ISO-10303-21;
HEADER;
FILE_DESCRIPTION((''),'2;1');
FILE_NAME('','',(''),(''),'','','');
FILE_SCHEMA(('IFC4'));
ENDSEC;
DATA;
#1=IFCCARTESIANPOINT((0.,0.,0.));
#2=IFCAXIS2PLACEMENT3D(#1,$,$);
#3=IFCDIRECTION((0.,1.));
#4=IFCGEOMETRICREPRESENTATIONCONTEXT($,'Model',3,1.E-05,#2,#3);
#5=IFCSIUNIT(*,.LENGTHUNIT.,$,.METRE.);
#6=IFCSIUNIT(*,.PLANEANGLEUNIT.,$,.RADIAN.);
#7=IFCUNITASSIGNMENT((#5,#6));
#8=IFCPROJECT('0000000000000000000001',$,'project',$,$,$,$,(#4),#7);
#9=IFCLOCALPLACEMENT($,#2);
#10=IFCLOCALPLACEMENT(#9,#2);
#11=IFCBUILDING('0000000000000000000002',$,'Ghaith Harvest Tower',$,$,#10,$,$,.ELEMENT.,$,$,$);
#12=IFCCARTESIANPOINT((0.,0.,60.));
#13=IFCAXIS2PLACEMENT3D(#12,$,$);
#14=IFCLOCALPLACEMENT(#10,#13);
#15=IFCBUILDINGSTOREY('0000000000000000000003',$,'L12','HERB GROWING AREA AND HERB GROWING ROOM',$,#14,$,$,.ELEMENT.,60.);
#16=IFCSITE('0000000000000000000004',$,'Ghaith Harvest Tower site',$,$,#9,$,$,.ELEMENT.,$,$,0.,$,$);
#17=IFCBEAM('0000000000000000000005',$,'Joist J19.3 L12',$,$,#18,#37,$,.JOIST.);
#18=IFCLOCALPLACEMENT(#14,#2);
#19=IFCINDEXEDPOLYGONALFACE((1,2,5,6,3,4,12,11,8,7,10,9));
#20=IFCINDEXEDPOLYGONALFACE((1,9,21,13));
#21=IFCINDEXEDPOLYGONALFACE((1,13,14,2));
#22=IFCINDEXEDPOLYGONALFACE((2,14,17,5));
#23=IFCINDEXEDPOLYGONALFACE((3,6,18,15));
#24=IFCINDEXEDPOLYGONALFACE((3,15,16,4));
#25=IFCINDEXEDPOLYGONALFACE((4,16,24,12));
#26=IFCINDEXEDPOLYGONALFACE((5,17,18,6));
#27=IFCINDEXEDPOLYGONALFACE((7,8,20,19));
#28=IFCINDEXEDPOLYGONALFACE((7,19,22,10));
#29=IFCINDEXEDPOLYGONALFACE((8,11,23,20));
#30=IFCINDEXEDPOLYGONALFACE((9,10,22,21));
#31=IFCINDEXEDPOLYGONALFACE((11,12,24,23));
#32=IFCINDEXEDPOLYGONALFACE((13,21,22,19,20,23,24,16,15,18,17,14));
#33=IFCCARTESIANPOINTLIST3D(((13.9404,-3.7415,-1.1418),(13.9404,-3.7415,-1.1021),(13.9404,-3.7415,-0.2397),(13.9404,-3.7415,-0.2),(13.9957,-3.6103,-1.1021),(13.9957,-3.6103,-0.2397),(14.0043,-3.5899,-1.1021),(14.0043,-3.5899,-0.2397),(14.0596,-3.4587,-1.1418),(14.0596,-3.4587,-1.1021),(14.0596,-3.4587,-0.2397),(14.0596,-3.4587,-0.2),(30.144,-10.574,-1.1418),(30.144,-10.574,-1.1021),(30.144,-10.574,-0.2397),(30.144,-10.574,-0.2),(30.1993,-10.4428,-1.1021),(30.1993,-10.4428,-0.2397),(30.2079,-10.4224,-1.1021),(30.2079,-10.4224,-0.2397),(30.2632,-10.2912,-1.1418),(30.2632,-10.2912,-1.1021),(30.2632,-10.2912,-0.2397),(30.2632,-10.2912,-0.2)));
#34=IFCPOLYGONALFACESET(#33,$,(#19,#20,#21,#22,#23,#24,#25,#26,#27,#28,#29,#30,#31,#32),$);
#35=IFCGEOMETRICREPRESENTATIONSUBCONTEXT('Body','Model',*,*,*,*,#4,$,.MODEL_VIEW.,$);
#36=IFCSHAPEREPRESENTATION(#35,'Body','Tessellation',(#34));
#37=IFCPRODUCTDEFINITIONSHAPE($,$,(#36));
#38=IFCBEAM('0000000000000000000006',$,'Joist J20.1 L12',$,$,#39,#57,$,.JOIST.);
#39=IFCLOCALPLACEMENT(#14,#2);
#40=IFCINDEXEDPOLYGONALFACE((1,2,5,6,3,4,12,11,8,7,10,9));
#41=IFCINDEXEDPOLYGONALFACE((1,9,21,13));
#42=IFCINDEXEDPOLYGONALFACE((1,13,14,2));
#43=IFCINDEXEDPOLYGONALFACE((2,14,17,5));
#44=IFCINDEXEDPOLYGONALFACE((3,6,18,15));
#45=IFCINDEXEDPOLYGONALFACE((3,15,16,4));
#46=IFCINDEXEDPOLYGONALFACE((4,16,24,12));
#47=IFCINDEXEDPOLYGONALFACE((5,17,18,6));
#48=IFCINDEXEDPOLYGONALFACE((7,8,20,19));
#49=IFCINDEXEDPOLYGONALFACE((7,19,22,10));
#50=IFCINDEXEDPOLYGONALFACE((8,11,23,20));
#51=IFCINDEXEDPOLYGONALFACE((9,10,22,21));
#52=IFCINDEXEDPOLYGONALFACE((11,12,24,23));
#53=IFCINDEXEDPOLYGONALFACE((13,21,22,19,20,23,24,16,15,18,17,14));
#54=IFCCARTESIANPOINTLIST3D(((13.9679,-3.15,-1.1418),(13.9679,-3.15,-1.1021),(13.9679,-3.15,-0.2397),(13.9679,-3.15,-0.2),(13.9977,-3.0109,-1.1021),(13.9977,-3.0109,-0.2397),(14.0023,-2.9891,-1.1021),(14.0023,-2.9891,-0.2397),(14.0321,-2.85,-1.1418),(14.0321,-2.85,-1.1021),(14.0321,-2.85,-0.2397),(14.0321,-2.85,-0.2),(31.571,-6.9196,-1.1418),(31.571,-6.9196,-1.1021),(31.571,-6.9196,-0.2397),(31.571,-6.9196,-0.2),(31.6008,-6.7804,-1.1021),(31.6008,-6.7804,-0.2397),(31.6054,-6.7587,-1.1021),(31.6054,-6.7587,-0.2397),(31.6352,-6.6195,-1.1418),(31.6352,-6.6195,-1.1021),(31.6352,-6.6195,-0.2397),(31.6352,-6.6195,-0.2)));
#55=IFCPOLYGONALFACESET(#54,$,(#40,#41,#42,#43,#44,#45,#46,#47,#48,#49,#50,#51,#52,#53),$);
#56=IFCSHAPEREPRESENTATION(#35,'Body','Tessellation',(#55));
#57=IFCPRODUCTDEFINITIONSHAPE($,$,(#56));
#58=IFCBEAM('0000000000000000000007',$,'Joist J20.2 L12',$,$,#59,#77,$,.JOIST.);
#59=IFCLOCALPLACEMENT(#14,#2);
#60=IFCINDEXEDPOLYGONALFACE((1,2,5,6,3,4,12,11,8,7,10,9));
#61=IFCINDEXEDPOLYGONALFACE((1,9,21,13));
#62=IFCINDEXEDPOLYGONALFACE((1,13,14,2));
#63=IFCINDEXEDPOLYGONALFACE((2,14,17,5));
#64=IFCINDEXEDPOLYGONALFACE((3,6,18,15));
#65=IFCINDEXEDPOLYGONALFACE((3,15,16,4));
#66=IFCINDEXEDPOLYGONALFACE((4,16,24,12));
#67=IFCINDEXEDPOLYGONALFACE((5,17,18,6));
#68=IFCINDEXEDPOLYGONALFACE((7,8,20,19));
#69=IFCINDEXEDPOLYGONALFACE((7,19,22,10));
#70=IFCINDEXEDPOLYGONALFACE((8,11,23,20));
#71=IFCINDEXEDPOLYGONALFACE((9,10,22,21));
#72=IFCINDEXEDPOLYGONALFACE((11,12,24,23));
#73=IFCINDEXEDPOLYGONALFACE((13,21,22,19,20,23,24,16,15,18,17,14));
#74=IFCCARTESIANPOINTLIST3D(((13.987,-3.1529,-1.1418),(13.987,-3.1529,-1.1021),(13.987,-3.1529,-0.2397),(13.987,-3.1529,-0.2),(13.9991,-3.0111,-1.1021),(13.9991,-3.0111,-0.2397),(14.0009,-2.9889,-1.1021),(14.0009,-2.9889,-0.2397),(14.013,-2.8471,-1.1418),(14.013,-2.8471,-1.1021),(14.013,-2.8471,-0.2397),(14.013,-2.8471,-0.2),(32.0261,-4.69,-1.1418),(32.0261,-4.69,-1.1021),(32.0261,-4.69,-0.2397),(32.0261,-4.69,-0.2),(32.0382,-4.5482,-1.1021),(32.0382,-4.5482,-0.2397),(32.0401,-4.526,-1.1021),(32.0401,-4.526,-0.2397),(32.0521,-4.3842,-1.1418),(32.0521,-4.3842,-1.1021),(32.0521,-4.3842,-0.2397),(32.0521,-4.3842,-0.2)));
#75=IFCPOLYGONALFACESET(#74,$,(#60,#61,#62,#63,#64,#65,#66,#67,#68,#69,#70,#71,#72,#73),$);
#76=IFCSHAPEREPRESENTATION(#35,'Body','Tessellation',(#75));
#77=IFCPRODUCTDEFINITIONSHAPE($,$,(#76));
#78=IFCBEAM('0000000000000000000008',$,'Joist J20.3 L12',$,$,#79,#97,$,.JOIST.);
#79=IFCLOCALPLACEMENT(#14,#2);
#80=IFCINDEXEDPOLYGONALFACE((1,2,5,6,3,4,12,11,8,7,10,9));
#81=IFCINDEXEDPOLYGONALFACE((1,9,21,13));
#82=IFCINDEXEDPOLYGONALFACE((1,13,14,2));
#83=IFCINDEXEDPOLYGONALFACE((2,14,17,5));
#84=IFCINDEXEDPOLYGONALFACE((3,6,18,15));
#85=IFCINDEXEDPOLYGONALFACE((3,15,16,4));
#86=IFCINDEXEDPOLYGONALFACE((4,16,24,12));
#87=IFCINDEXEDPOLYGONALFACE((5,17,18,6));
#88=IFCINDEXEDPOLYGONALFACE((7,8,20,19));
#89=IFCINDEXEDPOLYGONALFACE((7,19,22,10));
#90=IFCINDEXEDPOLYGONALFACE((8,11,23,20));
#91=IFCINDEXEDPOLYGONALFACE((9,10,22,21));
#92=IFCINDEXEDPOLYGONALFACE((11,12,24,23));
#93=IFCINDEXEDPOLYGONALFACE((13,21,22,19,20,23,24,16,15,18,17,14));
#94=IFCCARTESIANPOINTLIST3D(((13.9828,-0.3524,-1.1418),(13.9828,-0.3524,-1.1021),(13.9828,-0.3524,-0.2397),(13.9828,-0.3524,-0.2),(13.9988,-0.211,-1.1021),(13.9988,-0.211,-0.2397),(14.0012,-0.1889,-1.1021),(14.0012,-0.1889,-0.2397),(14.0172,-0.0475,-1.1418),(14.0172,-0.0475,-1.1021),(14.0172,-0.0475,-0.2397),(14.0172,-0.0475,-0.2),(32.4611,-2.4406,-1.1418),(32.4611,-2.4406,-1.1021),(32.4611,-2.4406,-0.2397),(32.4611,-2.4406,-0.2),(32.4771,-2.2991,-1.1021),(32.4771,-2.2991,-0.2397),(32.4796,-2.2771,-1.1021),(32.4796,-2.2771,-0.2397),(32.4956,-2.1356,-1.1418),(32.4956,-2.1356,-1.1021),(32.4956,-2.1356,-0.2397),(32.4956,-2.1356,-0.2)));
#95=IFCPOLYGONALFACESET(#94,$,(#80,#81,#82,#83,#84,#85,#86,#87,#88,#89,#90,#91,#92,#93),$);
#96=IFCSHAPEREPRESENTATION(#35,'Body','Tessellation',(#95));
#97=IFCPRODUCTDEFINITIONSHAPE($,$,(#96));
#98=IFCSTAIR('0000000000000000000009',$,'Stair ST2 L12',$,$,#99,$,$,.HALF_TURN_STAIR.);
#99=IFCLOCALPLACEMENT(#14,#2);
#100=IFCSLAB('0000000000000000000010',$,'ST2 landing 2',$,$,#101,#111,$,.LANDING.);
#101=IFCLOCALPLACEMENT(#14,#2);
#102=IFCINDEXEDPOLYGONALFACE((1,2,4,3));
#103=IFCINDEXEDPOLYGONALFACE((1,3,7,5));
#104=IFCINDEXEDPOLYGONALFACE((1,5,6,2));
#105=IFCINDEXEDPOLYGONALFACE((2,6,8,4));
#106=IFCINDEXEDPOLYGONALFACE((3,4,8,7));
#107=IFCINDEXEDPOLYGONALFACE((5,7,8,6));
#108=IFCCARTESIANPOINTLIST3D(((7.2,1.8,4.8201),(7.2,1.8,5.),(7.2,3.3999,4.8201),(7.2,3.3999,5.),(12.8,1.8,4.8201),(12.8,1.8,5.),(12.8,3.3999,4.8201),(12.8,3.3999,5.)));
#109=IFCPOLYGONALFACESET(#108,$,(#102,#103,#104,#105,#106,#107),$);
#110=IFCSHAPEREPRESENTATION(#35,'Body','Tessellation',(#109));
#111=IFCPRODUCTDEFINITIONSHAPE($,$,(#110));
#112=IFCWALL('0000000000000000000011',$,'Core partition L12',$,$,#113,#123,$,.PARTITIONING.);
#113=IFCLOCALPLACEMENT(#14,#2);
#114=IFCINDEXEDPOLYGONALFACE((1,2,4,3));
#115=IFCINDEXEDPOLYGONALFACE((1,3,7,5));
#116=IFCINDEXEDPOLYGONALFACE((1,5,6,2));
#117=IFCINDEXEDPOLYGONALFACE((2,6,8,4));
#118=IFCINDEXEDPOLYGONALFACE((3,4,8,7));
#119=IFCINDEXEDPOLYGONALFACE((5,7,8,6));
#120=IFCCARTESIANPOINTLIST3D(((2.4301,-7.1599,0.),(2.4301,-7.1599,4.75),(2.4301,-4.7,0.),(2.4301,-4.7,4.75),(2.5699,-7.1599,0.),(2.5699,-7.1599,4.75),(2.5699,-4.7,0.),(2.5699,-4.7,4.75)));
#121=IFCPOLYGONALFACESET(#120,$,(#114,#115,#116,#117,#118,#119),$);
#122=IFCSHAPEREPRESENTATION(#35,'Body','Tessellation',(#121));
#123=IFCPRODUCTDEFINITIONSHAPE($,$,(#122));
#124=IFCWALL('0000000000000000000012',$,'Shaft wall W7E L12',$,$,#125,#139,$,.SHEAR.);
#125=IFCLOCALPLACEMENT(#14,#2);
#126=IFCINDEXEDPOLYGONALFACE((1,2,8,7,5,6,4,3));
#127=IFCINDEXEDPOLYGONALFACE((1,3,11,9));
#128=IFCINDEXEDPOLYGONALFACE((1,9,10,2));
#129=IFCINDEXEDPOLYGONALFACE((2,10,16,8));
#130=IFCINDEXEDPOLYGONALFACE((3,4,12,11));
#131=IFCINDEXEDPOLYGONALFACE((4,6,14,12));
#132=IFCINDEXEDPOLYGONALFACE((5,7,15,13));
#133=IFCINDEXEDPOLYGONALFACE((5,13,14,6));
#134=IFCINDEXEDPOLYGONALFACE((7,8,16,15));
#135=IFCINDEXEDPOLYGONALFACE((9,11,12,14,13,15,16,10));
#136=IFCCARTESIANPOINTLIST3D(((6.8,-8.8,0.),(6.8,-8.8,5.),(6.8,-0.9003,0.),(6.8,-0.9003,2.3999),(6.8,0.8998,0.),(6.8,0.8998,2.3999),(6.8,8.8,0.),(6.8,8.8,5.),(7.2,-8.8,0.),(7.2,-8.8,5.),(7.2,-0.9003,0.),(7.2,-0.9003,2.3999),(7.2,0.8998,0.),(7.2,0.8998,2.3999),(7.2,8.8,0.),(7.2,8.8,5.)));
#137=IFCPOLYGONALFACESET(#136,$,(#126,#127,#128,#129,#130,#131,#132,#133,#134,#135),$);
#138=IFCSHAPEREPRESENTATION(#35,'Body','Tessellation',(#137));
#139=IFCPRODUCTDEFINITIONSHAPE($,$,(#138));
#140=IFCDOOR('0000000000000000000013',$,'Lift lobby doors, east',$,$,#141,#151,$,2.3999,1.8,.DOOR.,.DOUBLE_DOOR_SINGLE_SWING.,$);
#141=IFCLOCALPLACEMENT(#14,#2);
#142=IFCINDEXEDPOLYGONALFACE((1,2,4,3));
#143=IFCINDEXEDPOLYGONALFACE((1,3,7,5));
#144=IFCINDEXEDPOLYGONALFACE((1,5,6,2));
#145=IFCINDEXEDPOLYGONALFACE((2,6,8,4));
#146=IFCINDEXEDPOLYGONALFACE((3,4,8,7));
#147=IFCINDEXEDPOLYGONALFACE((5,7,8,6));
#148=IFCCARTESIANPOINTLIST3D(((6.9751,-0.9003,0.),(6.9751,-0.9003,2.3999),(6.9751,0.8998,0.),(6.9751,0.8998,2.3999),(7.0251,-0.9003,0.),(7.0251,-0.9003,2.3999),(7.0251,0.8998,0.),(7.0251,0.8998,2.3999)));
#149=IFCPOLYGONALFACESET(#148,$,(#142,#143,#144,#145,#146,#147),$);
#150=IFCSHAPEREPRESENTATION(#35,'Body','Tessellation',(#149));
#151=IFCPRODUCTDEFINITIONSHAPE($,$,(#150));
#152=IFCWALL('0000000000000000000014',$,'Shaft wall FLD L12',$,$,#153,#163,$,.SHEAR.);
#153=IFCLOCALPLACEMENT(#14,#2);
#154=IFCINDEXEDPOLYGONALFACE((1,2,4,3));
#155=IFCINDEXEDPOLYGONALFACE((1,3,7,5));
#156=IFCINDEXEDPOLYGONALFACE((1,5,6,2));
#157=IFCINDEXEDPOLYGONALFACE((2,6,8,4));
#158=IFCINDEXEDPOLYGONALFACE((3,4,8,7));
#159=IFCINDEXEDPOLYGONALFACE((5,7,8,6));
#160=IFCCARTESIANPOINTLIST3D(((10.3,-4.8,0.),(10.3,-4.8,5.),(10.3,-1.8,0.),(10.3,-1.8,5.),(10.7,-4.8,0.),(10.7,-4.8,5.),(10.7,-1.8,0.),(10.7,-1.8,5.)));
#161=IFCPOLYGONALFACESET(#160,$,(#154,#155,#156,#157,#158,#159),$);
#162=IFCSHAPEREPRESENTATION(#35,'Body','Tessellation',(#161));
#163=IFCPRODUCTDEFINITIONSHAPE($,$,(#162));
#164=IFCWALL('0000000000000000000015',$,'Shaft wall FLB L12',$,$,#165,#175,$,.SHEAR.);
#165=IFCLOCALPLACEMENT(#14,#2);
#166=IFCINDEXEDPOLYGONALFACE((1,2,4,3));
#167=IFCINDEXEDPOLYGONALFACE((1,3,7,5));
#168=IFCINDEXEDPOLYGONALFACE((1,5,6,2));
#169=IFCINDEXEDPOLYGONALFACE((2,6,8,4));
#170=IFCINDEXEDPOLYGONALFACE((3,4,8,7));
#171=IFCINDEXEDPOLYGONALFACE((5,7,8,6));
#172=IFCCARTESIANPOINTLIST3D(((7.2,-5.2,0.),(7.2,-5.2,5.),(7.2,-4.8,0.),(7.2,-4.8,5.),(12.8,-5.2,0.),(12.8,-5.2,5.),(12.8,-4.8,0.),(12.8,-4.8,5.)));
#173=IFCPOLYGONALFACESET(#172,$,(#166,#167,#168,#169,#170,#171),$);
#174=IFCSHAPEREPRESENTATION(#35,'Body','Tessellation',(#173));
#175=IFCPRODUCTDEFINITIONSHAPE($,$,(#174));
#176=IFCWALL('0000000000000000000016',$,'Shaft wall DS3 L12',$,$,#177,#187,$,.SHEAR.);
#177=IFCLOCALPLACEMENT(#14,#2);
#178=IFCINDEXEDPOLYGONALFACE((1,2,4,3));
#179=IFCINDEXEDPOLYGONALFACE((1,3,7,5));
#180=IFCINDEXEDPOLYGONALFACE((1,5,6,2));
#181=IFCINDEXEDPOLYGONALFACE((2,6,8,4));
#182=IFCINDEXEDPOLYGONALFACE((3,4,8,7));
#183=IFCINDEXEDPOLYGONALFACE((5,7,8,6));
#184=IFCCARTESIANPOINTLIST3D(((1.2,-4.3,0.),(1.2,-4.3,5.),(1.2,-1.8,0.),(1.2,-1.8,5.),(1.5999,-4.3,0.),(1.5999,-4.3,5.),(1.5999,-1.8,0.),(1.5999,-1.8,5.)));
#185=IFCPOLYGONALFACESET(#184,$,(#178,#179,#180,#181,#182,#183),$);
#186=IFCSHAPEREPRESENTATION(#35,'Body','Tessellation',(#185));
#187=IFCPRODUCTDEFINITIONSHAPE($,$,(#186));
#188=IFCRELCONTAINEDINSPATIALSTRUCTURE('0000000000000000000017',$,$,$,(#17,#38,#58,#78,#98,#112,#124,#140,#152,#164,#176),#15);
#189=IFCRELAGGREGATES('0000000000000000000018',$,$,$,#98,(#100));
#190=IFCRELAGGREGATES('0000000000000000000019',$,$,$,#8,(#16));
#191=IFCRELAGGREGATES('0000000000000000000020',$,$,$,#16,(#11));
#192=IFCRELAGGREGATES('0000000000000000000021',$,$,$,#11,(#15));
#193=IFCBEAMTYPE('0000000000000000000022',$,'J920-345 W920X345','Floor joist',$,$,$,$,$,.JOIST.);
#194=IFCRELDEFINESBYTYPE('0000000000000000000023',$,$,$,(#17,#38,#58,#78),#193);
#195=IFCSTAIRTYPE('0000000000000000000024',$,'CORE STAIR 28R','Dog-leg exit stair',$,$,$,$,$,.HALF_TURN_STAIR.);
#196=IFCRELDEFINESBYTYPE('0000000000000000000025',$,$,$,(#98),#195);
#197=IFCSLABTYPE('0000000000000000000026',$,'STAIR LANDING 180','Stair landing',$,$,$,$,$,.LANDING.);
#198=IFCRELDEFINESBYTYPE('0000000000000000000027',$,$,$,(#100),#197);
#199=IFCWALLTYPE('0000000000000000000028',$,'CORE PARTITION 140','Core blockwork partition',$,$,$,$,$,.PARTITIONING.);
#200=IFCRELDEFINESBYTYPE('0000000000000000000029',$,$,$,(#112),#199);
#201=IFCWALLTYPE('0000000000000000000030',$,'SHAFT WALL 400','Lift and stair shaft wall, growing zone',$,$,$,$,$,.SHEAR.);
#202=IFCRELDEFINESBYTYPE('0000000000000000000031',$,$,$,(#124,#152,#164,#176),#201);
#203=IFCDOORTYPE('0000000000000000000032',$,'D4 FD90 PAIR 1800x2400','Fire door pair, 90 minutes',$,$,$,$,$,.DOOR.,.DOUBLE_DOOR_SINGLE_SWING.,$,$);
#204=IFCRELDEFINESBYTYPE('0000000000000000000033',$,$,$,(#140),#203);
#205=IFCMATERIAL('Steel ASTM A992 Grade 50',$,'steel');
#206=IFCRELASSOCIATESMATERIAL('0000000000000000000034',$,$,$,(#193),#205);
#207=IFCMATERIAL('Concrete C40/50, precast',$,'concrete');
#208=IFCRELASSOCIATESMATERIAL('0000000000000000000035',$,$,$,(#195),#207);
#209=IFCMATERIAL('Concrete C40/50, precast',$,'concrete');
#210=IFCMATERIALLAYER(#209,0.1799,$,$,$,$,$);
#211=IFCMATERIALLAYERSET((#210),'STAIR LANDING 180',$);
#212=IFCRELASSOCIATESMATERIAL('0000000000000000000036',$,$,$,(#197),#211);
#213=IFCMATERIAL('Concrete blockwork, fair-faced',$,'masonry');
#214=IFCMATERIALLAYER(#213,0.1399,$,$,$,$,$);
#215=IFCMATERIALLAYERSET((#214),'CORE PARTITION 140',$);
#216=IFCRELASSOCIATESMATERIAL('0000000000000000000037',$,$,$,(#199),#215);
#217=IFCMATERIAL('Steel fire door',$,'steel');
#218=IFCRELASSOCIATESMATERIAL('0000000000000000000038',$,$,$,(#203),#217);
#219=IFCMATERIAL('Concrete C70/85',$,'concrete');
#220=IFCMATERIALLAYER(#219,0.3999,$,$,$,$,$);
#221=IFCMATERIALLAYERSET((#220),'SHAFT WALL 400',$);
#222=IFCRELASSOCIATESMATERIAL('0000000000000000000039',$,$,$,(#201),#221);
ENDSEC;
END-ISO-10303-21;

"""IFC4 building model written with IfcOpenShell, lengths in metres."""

from ifc_helpers import new_model, si_unit, direction, frame, frame_2d, origin, origin_2d, place, context, subcontext, project, spatial, polyline, rectangle, i_section, outline, extrude, material, layer, layer_set, material_profile, profile_set, type_object, element, fill, aggregate, save


model = new_model("IFC4")

# Units and contexts
model_context = context("Model", 3, precision=1e-05, world=origin(), true_north=direction((0.0, 1.0)))
body_context = subcontext(model_context, "Body", "Model", "MODEL_VIEW")
ifc_project = project(units=[si_unit("LENGTHUNIT", "METRE"), si_unit("PLANEANGLEUNIT", "RADIAN")], contexts=[model_context])

# Site, building, storey
site_placement = place(None, origin())
site = spatial("IfcSite", under=ifc_project, at=site_placement, Name="Ghaith Harvest Tower site", CompositionType="ELEMENT", RefElevation=0.0)
building_placement = place(site_placement, origin())
building = spatial("IfcBuilding", under=site, at=building_placement, Name="Ghaith Harvest Tower", CompositionType="ELEMENT")
storey_placement = place(building_placement, frame((0.0, 0.0, 60.0)))
storey = spatial("IfcBuildingStorey", under=building, at=storey_placement, Name="L12", Description="HERB GROWING AREA AND HERB GROWING ROOM", CompositionType="ELEMENT", Elevation=60.0)

# Beams
ifc_material_1 = material(Name="Steel ASTM A992 Grade 50", Category="steel")
ifc_material_profile_1 = material_profile(ifc_material_1, i_section(OverallWidth=0.3069, OverallDepth=0.9419, WebThickness=0.0222, FlangeThickness=0.0398, at=origin_2d()), Name="W920X345")
ifc_profile_set_1 = profile_set([ifc_material_profile_1], Name="Steel ASTM A992 Grade 50")
beam_type_1 = type_object("IfcBeamType", Name="J920-345 W920X345", Description="Floor joist", PredefinedType="JOIST", material=ifc_profile_set_1)
beam_1_placement = place(storey_placement, frame((14.0, -3.6001, -0.6709), z_axis=(0.921433, -0.388537, 0.0), x_axis=(0.388537, 0.921433, 0.0)))
element("IfcBeam", 1, at=beam_1_placement, inside=storey, type_object=beam_type_1, Name="Joist J19.3 L12", PredefinedType="JOIST", context=body_context, shape_type="SweptSolid", body=[
    extrude(i_section(OverallWidth=0.3069, OverallDepth=0.9419, WebThickness=0.0222, FlangeThickness=0.0398, at=origin_2d()), origin(), (0.0, 0.0, 1.0), 17.5852),
])
beam_2_placement = place(storey_placement, frame((14.0, -3.0, -0.6709), z_axis=(0.977831, -0.209394, 0.0), x_axis=(0.209394, 0.977831, 0.0)))
element("IfcBeam", 2, at=beam_2_placement, inside=storey, type_object=beam_type_1, Name="Joist J20.1 L12", PredefinedType="JOIST", context=body_context, shape_type="SweptSolid", body=[
    extrude(i_section(OverallWidth=0.3069, OverallDepth=0.9419, WebThickness=0.0222, FlangeThickness=0.0398, at=origin_2d()), origin(), (0.0, 0.0, 1.0), 18.0022),
])
beam_3_placement = place(storey_placement, frame((14.0, -3.0, -0.6709), z_axis=(0.996389, -0.084902, 0.0), x_axis=(0.084902, 0.996389, 0.0)))
element("IfcBeam", 3, at=beam_3_placement, inside=storey, type_object=beam_type_1, Name="Joist J20.2 L12", PredefinedType="JOIST", context=body_context, shape_type="SweptSolid", body=[
    extrude(i_section(OverallWidth=0.3069, OverallDepth=0.9419, WebThickness=0.0222, FlangeThickness=0.0398, at=origin_2d()), origin(), (0.0, 0.0, 1.0), 18.1045),
])
beam_4_placement = place(storey_placement, frame((14.0, -0.2, -0.6709), z_axis=(0.993675, -0.11229, 0.0), x_axis=(0.11229, 0.993675, 0.0)))
element("IfcBeam", 4, at=beam_4_placement, inside=storey, type_object=beam_type_1, Name="Joist J20.3 L12", PredefinedType="JOIST", context=body_context, shape_type="SweptSolid", body=[
    extrude(i_section(OverallWidth=0.3069, OverallDepth=0.9419, WebThickness=0.0222, FlangeThickness=0.0398, at=origin_2d()), origin(), (0.0, 0.0, 1.0), 18.5959),
])

# Stair, slab
ifc_material_2 = material(Name="Concrete C40/50, precast", Category="concrete")
stair_type = type_object("IfcStairType", Name="CORE STAIR 28R", Description="Dog-leg exit stair", PredefinedType="HALF_TURN_STAIR", material=ifc_material_2)
stair_placement = place(storey_placement, origin())
stair = element("IfcStair", 5, at=stair_placement, inside=storey, type_object=stair_type, Name="Stair ST2 L12", PredefinedType="HALF_TURN_STAIR")
ifc_material_3 = material(Name="Concrete C40/50, precast", Category="concrete")
ifc_layer_1 = layer(ifc_material_3, 0.1799)
ifc_layer_set_1 = layer_set([ifc_layer_1], Name="STAIR LANDING 180")
slab_type = type_object("IfcSlabType", Name="STAIR LANDING 180", Description="Stair landing", PredefinedType="LANDING", material=ifc_layer_set_1)
slab_placement = place(storey_placement, frame((0.0, 0.0, 4.8201)))
slab = element("IfcSlab", 6, at=slab_placement, type_object=slab_type, Name="ST2 landing 2", PredefinedType="LANDING", context=body_context, shape_type="SweptSolid", body=[
    extrude(outline(polyline([(12.8, 1.8), (12.8, 3.3999), (7.2, 3.3999), (7.2, 1.8), (12.8, 1.8)])), origin(), (0.0, 0.0, 1.0), 0.1799),
])
aggregate(stair, [slab])

# Wall
ifc_material_4 = material(Name="Concrete blockwork, fair-faced", Category="masonry")
ifc_layer_2 = layer(ifc_material_4, 0.1399)
ifc_layer_set_2 = layer_set([ifc_layer_2], Name="CORE PARTITION 140")
wall_type_1 = type_object("IfcWallType", Name="CORE PARTITION 140", Description="Core blockwork partition", PredefinedType="PARTITIONING", material=ifc_layer_set_2)
wall_1_placement = place(storey_placement, frame((2.5, -4.7, 0.0), z_axis=(0.0, 0.0, 1.0), x_axis=(0.0, -1.0, 0.0)))
element("IfcWall", 7, at=wall_1_placement, inside=storey, type_object=wall_type_1, Name="Core partition L12", PredefinedType="PARTITIONING", context=body_context, shape_type="SweptSolid", body=[
    extrude(rectangle(XDim=2.46, YDim=0.1399, at=frame_2d((1.23, 0.0))), origin(), (0.0, 0.0, 1.0), 4.75),
])

# Wall, opening, door
ifc_material_5 = material(Name="Steel fire door", Category="steel")
door_type_1 = type_object("IfcDoorType", Name="D4 FD90 PAIR 1800x2400", Description="Fire door pair, 90 minutes", OperationType="DOUBLE_DOOR_SINGLE_SWING", PredefinedType="DOOR", material=ifc_material_5)
ifc_material_6 = material(Name="Concrete C70/85", Category="concrete")
ifc_layer_3 = layer(ifc_material_6, 0.3999)
ifc_layer_set_3 = layer_set([ifc_layer_3], Name="SHAFT WALL 400")
wall_type_2 = type_object("IfcWallType", Name="SHAFT WALL 400", Description="Lift and stair shaft wall, growing zone", PredefinedType="SHEAR", material=ifc_layer_set_3)
wall_2_placement = place(storey_placement, frame((7.0, -8.8, 0.0), z_axis=(0.0, 0.0, 1.0), x_axis=(0.0, 1.0, 0.0)))
wall_2 = element("IfcWall", 8, at=wall_2_placement, inside=storey, type_object=wall_type_2, Name="Shaft wall W7E L12", PredefinedType="SHEAR", context=body_context, shape_type="SweptSolid", body=[
    extrude(rectangle(XDim=17.6001, YDim=0.3999, at=frame_2d((8.8, 0.0))), origin(), (0.0, 0.0, 1.0), 5.0),
])
opening_1_placement = place(wall_2_placement, frame((7.8999, 0.0, 0.0)))
opening_1 = element("IfcOpeningElement", 9, at=opening_1_placement, cuts=wall_2, PredefinedType="OPENING", context=body_context, shape_type="SweptSolid", body=[
    extrude(rectangle(XDim=1.8, YDim=2.3999, at=frame_2d((0.8999, 1.2))), frame((0.0, 0.21, 0.0), z_axis=(0.0, -1.0, 0.0), x_axis=(1.0, 0.0, 0.0)), (0.0, 0.0, 1.0), 0.4199),
])
door_1_placement = place(opening_1_placement, origin())
door_1 = element("IfcDoor", 10, at=door_1_placement, inside=storey, type_object=door_type_1, Name="Lift lobby doors, east", OperationType="DOUBLE_DOOR_SINGLE_SWING", OverallHeight=2.3999, OverallWidth=1.8, PredefinedType="DOOR", context=body_context, shape_type="SweptSolid", body=[
    extrude(rectangle(XDim=1.8, YDim=2.3999, at=frame_2d((0.8999, 1.2))), frame((0.0, 0.0249, 0.0), z_axis=(0.0, -1.0, 0.0), x_axis=(1.0, 0.0, 0.0)), (0.0, 0.0, 1.0), 0.05),
])
fill(opening_1, door_1)

# Walls
wall_3_placement = place(storey_placement, frame((10.5, -4.8, 0.0), z_axis=(0.0, 0.0, 1.0), x_axis=(0.0, 1.0, 0.0)))
element("IfcWall", 11, at=wall_3_placement, inside=storey, type_object=wall_type_2, Name="Shaft wall FLD L12", PredefinedType="SHEAR", context=body_context, shape_type="SweptSolid", body=[
    extrude(rectangle(XDim=3.0, YDim=0.3999, at=frame_2d((1.5, 0.0))), origin(), (0.0, 0.0, 1.0), 5.0),
])
wall_4_placement = place(storey_placement, frame((7.2, -5.0, 0.0), z_axis=(0.0, 0.0, 1.0), x_axis=(1.0, 0.0, 0.0)))
element("IfcWall", 12, at=wall_4_placement, inside=storey, type_object=wall_type_2, Name="Shaft wall FLB L12", PredefinedType="SHEAR", context=body_context, shape_type="SweptSolid", body=[
    extrude(rectangle(XDim=5.6001, YDim=0.3999, at=frame_2d((2.8, 0.0))), origin(), (0.0, 0.0, 1.0), 5.0),
])
for number, where, z_axis, x_axis, name in (
    (13, (1.3999, -4.3, 0.0), (0.0, 0.0, 1.0), (0.0, 1.0, 0.0), "Shaft wall DS3 L12"),
):
    element("IfcWall", number, at=place(storey_placement, frame(where, z_axis=z_axis, x_axis=x_axis)), inside=storey, type_object=wall_type_2, Name=name, PredefinedType="SHEAR", context=body_context, shape_type="SweptSolid", body=[
        extrude(rectangle(XDim=2.5, YDim=0.3999, at=frame_2d((1.25, 0.0))), origin(), (0.0, 0.0, 1.0), 5.0),
    ])

save(model, "model.ifc")
